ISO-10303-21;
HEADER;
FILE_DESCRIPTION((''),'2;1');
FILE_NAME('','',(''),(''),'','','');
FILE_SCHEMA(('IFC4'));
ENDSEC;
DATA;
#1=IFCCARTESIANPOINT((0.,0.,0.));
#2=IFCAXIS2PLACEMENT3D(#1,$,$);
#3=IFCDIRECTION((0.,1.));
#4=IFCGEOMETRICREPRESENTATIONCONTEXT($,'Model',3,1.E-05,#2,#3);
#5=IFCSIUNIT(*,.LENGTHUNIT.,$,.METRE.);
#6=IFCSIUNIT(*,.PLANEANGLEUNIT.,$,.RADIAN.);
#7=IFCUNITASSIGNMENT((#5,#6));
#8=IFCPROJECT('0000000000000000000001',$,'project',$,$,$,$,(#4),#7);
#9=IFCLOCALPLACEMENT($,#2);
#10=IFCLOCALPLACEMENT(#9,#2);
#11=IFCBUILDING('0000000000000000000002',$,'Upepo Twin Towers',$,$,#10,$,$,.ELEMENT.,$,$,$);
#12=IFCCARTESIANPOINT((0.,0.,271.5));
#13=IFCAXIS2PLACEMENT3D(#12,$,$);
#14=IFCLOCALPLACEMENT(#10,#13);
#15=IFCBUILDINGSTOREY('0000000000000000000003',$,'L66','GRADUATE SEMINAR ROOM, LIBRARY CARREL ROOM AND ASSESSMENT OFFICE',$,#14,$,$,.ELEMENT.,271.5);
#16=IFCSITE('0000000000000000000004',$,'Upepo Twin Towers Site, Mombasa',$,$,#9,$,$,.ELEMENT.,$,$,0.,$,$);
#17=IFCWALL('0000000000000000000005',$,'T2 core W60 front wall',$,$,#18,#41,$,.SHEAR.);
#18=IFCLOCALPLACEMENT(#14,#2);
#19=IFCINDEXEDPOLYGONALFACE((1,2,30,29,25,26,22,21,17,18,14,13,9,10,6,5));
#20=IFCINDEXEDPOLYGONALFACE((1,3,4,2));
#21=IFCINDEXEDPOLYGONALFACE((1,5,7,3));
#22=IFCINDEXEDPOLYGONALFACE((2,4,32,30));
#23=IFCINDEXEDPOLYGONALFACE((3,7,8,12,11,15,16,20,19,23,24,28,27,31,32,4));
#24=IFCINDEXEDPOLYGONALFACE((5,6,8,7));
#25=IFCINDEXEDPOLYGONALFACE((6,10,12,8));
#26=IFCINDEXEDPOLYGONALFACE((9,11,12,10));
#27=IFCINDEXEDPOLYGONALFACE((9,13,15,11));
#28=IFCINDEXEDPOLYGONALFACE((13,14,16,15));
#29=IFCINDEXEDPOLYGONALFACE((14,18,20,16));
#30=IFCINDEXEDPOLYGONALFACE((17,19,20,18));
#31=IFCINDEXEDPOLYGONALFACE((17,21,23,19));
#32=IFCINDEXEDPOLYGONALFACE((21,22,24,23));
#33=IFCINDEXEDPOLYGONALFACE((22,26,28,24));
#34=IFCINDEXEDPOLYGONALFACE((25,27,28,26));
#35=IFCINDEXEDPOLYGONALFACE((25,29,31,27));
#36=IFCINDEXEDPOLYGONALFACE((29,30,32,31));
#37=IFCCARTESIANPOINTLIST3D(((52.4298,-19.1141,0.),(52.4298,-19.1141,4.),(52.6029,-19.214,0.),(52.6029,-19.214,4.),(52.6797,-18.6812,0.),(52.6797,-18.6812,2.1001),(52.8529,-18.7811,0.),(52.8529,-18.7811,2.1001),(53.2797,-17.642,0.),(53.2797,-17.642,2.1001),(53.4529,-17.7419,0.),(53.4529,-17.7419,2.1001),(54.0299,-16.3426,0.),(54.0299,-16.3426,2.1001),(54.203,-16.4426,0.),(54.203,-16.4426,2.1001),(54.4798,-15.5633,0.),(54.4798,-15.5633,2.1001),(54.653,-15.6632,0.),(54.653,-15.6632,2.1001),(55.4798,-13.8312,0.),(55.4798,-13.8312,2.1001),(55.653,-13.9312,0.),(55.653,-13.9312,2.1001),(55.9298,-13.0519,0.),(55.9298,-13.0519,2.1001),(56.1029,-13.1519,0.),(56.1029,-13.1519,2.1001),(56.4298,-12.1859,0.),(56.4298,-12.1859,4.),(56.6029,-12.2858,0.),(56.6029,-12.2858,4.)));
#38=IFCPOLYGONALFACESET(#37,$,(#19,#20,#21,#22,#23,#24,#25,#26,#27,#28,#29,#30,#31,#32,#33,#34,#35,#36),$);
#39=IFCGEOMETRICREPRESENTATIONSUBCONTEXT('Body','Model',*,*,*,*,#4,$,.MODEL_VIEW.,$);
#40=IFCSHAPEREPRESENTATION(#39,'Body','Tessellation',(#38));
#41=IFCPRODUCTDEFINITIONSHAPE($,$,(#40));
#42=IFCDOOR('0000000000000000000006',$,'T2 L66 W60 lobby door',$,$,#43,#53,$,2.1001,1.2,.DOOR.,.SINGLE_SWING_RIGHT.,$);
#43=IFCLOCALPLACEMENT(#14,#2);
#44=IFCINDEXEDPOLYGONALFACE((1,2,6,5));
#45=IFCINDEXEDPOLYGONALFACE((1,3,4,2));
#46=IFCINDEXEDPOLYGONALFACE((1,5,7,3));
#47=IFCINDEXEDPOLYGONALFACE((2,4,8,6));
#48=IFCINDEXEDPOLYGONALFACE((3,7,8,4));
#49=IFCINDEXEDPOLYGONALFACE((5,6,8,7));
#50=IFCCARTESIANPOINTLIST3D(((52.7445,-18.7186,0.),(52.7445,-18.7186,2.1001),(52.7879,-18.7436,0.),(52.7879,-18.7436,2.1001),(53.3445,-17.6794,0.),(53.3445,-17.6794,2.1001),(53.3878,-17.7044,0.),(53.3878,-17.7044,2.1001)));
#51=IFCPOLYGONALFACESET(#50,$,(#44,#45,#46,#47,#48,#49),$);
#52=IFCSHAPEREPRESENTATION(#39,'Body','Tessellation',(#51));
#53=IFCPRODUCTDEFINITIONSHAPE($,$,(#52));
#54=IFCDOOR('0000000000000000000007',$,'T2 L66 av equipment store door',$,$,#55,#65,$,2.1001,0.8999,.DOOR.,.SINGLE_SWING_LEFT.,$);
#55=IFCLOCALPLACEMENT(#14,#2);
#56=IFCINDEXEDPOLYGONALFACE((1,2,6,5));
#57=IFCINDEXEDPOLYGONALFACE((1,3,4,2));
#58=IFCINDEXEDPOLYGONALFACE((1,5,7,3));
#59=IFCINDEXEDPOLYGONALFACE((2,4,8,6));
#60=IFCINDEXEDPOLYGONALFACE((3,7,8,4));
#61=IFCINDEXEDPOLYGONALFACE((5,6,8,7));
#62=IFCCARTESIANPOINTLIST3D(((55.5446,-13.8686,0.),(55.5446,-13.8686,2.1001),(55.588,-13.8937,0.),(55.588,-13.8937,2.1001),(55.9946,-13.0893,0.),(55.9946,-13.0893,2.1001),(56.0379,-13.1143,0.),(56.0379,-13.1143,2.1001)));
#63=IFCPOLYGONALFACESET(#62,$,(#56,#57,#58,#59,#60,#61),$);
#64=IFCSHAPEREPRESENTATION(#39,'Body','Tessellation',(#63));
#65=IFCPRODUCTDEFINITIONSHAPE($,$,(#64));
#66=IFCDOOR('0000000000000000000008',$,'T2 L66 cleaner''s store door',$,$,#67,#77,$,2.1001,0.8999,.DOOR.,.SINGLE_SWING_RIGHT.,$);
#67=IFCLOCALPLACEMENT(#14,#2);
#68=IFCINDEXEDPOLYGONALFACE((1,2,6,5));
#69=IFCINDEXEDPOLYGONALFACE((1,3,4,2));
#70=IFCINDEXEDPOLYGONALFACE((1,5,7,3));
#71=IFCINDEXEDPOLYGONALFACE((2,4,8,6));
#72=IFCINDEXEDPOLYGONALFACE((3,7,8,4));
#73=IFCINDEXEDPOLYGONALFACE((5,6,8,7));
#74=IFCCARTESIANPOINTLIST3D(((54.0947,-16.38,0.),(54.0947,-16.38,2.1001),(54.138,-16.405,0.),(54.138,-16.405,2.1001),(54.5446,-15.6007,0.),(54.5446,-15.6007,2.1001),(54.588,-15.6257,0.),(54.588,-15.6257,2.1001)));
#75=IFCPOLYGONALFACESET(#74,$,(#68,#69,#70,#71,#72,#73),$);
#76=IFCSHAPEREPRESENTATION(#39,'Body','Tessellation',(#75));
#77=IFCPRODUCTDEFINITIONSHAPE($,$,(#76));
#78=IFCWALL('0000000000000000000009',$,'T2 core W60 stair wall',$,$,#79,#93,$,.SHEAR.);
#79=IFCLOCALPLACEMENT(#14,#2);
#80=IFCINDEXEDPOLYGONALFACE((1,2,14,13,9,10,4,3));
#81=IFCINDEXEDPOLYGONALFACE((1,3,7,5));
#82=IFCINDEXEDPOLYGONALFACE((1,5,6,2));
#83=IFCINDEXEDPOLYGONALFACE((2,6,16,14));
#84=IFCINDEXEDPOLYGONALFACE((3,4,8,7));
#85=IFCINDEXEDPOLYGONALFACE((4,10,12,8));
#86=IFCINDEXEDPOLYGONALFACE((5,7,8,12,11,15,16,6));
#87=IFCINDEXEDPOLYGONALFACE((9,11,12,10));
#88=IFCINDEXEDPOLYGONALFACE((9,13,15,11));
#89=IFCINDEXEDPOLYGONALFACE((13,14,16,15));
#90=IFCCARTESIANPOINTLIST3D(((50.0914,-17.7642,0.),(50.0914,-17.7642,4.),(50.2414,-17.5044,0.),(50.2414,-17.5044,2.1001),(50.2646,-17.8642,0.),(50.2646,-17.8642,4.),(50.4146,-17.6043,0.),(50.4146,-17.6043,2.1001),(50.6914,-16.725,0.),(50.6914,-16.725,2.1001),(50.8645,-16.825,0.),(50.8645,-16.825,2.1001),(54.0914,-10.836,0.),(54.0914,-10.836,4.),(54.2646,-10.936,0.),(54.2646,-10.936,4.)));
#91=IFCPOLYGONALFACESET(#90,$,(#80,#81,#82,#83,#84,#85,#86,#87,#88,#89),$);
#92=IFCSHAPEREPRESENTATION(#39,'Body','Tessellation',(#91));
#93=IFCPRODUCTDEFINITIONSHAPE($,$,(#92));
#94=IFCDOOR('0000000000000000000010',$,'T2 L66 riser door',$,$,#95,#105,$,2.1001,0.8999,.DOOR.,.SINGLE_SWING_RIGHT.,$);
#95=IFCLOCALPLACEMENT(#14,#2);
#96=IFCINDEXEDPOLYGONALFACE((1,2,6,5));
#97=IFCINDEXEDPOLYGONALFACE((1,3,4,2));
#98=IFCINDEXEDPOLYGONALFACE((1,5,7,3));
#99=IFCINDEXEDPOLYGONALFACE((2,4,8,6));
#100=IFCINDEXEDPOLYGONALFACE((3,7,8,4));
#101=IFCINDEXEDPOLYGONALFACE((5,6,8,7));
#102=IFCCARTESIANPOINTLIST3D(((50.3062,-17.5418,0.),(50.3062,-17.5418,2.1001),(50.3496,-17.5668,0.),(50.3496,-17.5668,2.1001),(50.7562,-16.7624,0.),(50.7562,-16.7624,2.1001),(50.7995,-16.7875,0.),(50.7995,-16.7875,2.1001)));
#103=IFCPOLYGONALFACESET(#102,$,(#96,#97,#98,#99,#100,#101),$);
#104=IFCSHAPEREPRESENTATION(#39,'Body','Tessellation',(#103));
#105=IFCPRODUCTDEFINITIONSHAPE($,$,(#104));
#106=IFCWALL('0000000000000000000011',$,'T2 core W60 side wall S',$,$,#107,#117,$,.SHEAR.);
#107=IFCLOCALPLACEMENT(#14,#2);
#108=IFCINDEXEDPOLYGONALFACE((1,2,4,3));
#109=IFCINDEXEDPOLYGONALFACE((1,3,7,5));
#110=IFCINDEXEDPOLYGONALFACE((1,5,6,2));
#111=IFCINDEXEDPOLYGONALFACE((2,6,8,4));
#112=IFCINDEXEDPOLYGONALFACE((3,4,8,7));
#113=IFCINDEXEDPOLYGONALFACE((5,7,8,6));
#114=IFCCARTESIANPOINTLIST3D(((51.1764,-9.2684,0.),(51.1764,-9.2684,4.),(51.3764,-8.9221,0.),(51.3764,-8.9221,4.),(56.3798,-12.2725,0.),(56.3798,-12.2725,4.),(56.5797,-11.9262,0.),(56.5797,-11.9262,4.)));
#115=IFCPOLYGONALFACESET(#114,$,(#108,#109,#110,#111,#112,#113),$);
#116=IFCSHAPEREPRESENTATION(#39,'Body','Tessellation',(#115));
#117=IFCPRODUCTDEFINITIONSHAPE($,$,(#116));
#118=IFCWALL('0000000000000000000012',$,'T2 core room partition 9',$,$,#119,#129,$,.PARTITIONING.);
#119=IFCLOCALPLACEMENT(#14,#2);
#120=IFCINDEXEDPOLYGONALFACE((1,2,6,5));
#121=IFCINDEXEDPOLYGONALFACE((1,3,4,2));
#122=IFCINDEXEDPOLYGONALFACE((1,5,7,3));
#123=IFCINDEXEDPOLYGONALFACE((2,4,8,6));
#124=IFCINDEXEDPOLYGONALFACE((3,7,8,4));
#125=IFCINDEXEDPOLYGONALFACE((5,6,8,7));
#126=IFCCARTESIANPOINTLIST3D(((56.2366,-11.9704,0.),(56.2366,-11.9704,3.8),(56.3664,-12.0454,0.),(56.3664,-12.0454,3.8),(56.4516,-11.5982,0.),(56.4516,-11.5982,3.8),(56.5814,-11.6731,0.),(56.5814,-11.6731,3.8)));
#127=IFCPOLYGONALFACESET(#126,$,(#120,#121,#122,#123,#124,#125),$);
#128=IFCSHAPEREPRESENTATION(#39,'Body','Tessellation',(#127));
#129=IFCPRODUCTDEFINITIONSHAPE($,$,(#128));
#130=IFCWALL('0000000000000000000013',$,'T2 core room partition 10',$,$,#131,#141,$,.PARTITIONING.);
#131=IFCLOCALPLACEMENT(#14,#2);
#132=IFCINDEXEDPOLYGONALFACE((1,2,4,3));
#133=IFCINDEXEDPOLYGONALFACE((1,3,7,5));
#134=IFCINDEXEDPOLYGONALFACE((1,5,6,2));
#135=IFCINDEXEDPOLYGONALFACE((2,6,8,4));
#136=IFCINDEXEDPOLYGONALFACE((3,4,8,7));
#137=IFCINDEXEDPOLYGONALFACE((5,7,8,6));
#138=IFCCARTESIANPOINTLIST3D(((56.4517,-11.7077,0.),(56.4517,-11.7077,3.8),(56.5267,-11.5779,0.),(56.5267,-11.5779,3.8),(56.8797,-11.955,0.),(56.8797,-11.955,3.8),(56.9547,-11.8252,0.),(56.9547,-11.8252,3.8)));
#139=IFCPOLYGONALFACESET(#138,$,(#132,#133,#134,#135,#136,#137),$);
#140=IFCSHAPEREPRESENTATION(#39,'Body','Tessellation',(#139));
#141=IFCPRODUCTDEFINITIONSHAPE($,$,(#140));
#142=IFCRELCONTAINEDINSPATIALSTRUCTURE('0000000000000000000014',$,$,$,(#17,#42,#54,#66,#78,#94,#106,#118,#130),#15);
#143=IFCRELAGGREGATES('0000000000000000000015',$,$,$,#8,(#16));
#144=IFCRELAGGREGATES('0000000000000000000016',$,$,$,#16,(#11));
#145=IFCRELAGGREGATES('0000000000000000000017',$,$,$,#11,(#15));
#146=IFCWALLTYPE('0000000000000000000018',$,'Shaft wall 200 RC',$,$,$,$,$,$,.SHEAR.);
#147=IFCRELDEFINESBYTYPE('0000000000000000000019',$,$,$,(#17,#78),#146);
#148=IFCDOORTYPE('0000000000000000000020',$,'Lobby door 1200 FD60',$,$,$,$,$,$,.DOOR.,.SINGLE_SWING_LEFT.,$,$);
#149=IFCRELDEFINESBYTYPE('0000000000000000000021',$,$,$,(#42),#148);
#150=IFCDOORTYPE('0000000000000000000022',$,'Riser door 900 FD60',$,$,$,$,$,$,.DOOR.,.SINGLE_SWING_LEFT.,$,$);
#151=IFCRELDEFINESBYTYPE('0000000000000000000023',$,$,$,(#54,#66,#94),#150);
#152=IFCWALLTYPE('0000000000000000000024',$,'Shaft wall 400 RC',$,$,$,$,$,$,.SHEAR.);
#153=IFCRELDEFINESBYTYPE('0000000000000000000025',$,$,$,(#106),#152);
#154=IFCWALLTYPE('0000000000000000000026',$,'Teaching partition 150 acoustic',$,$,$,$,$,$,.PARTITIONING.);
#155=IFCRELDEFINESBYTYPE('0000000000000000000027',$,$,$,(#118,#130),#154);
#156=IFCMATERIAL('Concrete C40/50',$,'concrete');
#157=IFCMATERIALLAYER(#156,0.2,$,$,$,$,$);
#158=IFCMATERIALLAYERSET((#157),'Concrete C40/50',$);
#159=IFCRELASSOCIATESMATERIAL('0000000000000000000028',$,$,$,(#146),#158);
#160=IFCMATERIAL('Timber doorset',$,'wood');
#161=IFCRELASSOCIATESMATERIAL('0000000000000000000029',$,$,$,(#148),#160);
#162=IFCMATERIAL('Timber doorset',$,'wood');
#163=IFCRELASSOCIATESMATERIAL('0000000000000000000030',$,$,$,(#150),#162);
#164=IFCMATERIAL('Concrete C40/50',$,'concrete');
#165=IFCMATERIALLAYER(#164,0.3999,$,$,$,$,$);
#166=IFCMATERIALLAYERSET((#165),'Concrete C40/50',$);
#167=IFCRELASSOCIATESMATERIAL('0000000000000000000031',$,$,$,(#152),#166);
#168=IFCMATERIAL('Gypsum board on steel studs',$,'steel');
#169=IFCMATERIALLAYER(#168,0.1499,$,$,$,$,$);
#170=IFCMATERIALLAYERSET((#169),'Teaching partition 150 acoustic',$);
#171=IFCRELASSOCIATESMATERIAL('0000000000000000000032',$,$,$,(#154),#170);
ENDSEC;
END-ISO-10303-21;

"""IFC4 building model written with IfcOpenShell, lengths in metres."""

from ifc_helpers import new_model, si_unit, direction, frame, frame_2d, origin, place, context, subcontext, project, spatial, rectangle, extrude, material, layer, layer_set, type_object, element, fill, save


model = new_model("IFC4")

# Units and contexts
model_context = context("Model", 3, precision=1e-05, world=origin(), true_north=direction((0.0, 1.0)))
body_context = subcontext(model_context, "Body", "Model", "MODEL_VIEW")
ifc_project = project(units=[si_unit("LENGTHUNIT", "METRE"), si_unit("PLANEANGLEUNIT", "RADIAN")], contexts=[model_context])

# Site, building, storey
site_placement = place(None, origin())
site = spatial("IfcSite", under=ifc_project, at=site_placement, Name="Upepo Twin Towers Site, Mombasa", CompositionType="ELEMENT", RefElevation=0.0)
building_placement = place(site_placement, origin())
building = spatial("IfcBuilding", under=site, at=building_placement, Name="Upepo Twin Towers", CompositionType="ELEMENT")
storey_placement = place(building_placement, frame((0.0, 0.0, 271.5)))
storey = spatial("IfcBuildingStorey", under=building, at=storey_placement, Name="L66", Description="GRADUATE SEMINAR ROOM, LIBRARY CARREL ROOM AND ASSESSMENT OFFICE", CompositionType="ELEMENT", Elevation=271.5)

# Wall, openings, doors
ifc_material_1 = material(Name="Concrete C40/50", Category="concrete")
ifc_layer_1 = layer(ifc_material_1, 0.2)
ifc_layer_set_1 = layer_set([ifc_layer_1], Name="Concrete C40/50")
wall_type_1 = type_object("IfcWallType", Name="Shaft wall 200 RC", PredefinedType="SHEAR", material=ifc_layer_set_1)
wall_1_placement = place(storey_placement, frame((56.5164, -12.2358, 0.0), z_axis=(0.0, 0.0, 1.0), x_axis=(-0.499999, -0.866026, 0.0)))
wall_1 = element("IfcWall", 1, at=wall_1_placement, inside=storey, type_object=wall_type_1, Name="T2 core W60 front wall", PredefinedType="SHEAR", context=body_context, shape_type="SweptSolid", body=[
    extrude(rectangle(XDim=8.0, YDim=0.2, at=frame_2d((4.0, 0.0))), origin(), (0.0, 0.0, 1.0), 4.0),
])
opening_1_placement = place(wall_1_placement, frame((6.3, 0.0, 0.0)))
opening_1 = element("IfcOpeningElement", 2, at=opening_1_placement, cuts=wall_1, PredefinedType="OPENING", context=body_context, shape_type="SweptSolid", body=[
    extrude(rectangle(XDim=1.2, YDim=2.1001, at=frame_2d((0.6001, 1.05))), frame((0.0, 0.1099, 0.0), z_axis=(0.0, -1.0, 0.0), x_axis=(1.0, 0.0, 0.0)), (0.0, 0.0, 1.0), 0.22),
])
opening_2_placement = place(wall_1_placement, frame((1.0, 0.0, 0.0)))
opening_2 = element("IfcOpeningElement", 3, at=opening_2_placement, cuts=wall_1, PredefinedType="OPENING", context=body_context, shape_type="SweptSolid", body=[
    extrude(rectangle(XDim=0.8999, YDim=2.1001, at=frame_2d((0.45, 1.05))), frame((0.0, 0.1099, 0.0), z_axis=(0.0, -1.0, 0.0), x_axis=(1.0, 0.0, 0.0)), (0.0, 0.0, 1.0), 0.22),
])
opening_3_placement = place(wall_1_placement, frame((3.8999, 0.0, 0.0)))
opening_3 = element("IfcOpeningElement", 4, at=opening_3_placement, cuts=wall_1, PredefinedType="OPENING", context=body_context, shape_type="SweptSolid", body=[
    extrude(rectangle(XDim=0.8999, YDim=2.1001, at=frame_2d((0.45, 1.05))), frame((0.0, 0.1099, 0.0), z_axis=(0.0, -1.0, 0.0), x_axis=(1.0, 0.0, 0.0)), (0.0, 0.0, 1.0), 0.22),
])
ifc_material_2 = material(Name="Timber doorset", Category="wood")
door_type_1 = type_object("IfcDoorType", Name="Lobby door 1200 FD60", OperationType="SINGLE_SWING_LEFT", PredefinedType="DOOR", material=ifc_material_2)
door_1_placement = place(opening_1_placement, origin())
door_1 = element("IfcDoor", 5, at=door_1_placement, inside=storey, type_object=door_type_1, Name="T2 L66 W60 lobby door", OperationType="SINGLE_SWING_RIGHT", OverallHeight=2.1001, OverallWidth=1.2, PredefinedType="DOOR", context=body_context, shape_type="SweptSolid", body=[
    extrude(rectangle(XDim=1.2, YDim=2.1001, at=frame_2d((0.6001, 1.05))), frame((0.0, 0.0249, 0.0), z_axis=(0.0, -1.0, 0.0), x_axis=(1.0, 0.0, 0.0)), (0.0, 0.0, 1.0), 0.05),
])
fill(opening_1, door_1)
ifc_material_3 = material(Name="Timber doorset", Category="wood")
door_type_2 = type_object("IfcDoorType", Name="Riser door 900 FD60", OperationType="SINGLE_SWING_LEFT", PredefinedType="DOOR", material=ifc_material_3)
door_2_placement = place(opening_2_placement, origin())
door_2 = element("IfcDoor", 6, at=door_2_placement, inside=storey, type_object=door_type_2, Name="T2 L66 av equipment store door", OperationType="SINGLE_SWING_LEFT", OverallHeight=2.1001, OverallWidth=0.8999, PredefinedType="DOOR", context=body_context, shape_type="SweptSolid", body=[
    extrude(rectangle(XDim=0.8999, YDim=2.1001, at=frame_2d((0.45, 1.05))), frame((0.0, 0.0249, 0.0), z_axis=(0.0, -1.0, 0.0), x_axis=(1.0, 0.0, 0.0)), (0.0, 0.0, 1.0), 0.05),
])
fill(opening_2, door_2)
door_3_placement = place(opening_3_placement, origin())
door_3 = element("IfcDoor", 7, at=door_3_placement, inside=storey, type_object=door_type_2, Name="T2 L66 cleaner's store door", OperationType="SINGLE_SWING_RIGHT", OverallHeight=2.1001, OverallWidth=0.8999, PredefinedType="DOOR", context=body_context, shape_type="SweptSolid", body=[
    extrude(rectangle(XDim=0.8999, YDim=2.1001, at=frame_2d((0.45, 1.05))), frame((0.0, 0.0249, 0.0), z_axis=(0.0, -1.0, 0.0), x_axis=(1.0, 0.0, 0.0)), (0.0, 0.0, 1.0), 0.05),
])
fill(opening_3, door_3)

# Wall, opening, door
wall_2_placement = place(storey_placement, frame((54.178, -10.886, 0.0), z_axis=(0.0, 0.0, 1.0), x_axis=(-0.499999, -0.866026, 0.0)))
wall_2 = element("IfcWall", 8, at=wall_2_placement, inside=storey, type_object=wall_type_1, Name="T2 core W60 stair wall", PredefinedType="SHEAR", context=body_context, shape_type="SweptSolid", body=[
    extrude(rectangle(XDim=8.0, YDim=0.2, at=frame_2d((4.0, 0.0))), origin(), (0.0, 0.0, 1.0), 4.0),
])
opening_4_placement = place(wall_2_placement, frame((6.8, 0.0, 0.0)))
opening_4 = element("IfcOpeningElement", 9, at=opening_4_placement, cuts=wall_2, PredefinedType="OPENING", context=body_context, shape_type="SweptSolid", body=[
    extrude(rectangle(XDim=0.8999, YDim=2.1001, at=frame_2d((0.45, 1.05))), frame((0.0, 0.1099, 0.0), z_axis=(0.0, -1.0, 0.0), x_axis=(1.0, 0.0, 0.0)), (0.0, 0.0, 1.0), 0.22),
])
door_4_placement = place(opening_4_placement, origin())
door_4 = element("IfcDoor", 10, at=door_4_placement, inside=storey, type_object=door_type_2, Name="T2 L66 riser door", OperationType="SINGLE_SWING_RIGHT", OverallHeight=2.1001, OverallWidth=0.8999, PredefinedType="DOOR", context=body_context, shape_type="SweptSolid", body=[
    extrude(rectangle(XDim=0.8999, YDim=2.1001, at=frame_2d((0.45, 1.05))), frame((0.0, 0.0249, 0.0), z_axis=(0.0, -1.0, 0.0), x_axis=(1.0, 0.0, 0.0)), (0.0, 0.0, 1.0), 0.05),
])
fill(opening_4, door_4)

# Walls
ifc_material_4 = material(Name="Concrete C40/50", Category="concrete")
ifc_layer_2 = layer(ifc_material_4, 0.3999)
ifc_layer_set_2 = layer_set([ifc_layer_2], Name="Concrete C40/50")
wall_type_2 = type_object("IfcWallType", Name="Shaft wall 400 RC", PredefinedType="SHEAR", material=ifc_layer_set_2)
wall_3_placement = place(storey_placement, frame((56.4797, -12.0994, 0.0), z_axis=(0.0, 0.0, 1.0), x_axis=(-0.866027, 0.499998, 0.0)))
element("IfcWall", 11, at=wall_3_placement, inside=storey, type_object=wall_type_2, Name="T2 core W60 side wall S", PredefinedType="SHEAR", context=body_context, shape_type="SweptSolid", body=[
    extrude(rectangle(XDim=6.0083, YDim=0.3999, at=frame_2d((3.0042, 0.0))), origin(), (0.0, 0.0, 1.0), 4.0),
])
ifc_material_5 = material(Name="Gypsum board on steel studs", Category="steel")
ifc_layer_3 = layer(ifc_material_5, 0.1499)
ifc_layer_set_3 = layer_set([ifc_layer_3], Name="Teaching partition 150 acoustic")
wall_type_3 = type_object("IfcWallType", Name="Teaching partition 150 acoustic", PredefinedType="PARTITIONING", material=ifc_layer_set_3)
wall_4_placement = place(storey_placement, frame((56.3015, -12.0078, 0.0), z_axis=(0.0, 0.0, 1.0), x_axis=(0.50023, 0.865892, 0.0)))
element("IfcWall", 12, at=wall_4_placement, inside=storey, type_object=wall_type_3, Name="T2 core room partition 9", PredefinedType="PARTITIONING", context=body_context, shape_type="SweptSolid", body=[
    extrude(rectangle(XDim=0.4299, YDim=0.1499, at=frame_2d((0.2148, 0.0))), origin(), (0.0, 0.0, 1.0), 3.8),
])
wall_5_placement = place(storey_placement, frame((56.4893, -11.6428, 0.0), z_axis=(0.0, 0.0, 1.0), x_axis=(0.865832, -0.500335, 0.0)))
element("IfcWall", 13, at=wall_5_placement, inside=storey, type_object=wall_type_3, Name="T2 core room partition 10", PredefinedType="PARTITIONING", context=body_context, shape_type="SweptSolid", body=[
    extrude(rectangle(XDim=0.4944, YDim=0.1499, at=frame_2d((0.2471, 0.0))), origin(), (0.0, 0.0, 1.0), 3.8),
])

save(model, "model.ifc")
